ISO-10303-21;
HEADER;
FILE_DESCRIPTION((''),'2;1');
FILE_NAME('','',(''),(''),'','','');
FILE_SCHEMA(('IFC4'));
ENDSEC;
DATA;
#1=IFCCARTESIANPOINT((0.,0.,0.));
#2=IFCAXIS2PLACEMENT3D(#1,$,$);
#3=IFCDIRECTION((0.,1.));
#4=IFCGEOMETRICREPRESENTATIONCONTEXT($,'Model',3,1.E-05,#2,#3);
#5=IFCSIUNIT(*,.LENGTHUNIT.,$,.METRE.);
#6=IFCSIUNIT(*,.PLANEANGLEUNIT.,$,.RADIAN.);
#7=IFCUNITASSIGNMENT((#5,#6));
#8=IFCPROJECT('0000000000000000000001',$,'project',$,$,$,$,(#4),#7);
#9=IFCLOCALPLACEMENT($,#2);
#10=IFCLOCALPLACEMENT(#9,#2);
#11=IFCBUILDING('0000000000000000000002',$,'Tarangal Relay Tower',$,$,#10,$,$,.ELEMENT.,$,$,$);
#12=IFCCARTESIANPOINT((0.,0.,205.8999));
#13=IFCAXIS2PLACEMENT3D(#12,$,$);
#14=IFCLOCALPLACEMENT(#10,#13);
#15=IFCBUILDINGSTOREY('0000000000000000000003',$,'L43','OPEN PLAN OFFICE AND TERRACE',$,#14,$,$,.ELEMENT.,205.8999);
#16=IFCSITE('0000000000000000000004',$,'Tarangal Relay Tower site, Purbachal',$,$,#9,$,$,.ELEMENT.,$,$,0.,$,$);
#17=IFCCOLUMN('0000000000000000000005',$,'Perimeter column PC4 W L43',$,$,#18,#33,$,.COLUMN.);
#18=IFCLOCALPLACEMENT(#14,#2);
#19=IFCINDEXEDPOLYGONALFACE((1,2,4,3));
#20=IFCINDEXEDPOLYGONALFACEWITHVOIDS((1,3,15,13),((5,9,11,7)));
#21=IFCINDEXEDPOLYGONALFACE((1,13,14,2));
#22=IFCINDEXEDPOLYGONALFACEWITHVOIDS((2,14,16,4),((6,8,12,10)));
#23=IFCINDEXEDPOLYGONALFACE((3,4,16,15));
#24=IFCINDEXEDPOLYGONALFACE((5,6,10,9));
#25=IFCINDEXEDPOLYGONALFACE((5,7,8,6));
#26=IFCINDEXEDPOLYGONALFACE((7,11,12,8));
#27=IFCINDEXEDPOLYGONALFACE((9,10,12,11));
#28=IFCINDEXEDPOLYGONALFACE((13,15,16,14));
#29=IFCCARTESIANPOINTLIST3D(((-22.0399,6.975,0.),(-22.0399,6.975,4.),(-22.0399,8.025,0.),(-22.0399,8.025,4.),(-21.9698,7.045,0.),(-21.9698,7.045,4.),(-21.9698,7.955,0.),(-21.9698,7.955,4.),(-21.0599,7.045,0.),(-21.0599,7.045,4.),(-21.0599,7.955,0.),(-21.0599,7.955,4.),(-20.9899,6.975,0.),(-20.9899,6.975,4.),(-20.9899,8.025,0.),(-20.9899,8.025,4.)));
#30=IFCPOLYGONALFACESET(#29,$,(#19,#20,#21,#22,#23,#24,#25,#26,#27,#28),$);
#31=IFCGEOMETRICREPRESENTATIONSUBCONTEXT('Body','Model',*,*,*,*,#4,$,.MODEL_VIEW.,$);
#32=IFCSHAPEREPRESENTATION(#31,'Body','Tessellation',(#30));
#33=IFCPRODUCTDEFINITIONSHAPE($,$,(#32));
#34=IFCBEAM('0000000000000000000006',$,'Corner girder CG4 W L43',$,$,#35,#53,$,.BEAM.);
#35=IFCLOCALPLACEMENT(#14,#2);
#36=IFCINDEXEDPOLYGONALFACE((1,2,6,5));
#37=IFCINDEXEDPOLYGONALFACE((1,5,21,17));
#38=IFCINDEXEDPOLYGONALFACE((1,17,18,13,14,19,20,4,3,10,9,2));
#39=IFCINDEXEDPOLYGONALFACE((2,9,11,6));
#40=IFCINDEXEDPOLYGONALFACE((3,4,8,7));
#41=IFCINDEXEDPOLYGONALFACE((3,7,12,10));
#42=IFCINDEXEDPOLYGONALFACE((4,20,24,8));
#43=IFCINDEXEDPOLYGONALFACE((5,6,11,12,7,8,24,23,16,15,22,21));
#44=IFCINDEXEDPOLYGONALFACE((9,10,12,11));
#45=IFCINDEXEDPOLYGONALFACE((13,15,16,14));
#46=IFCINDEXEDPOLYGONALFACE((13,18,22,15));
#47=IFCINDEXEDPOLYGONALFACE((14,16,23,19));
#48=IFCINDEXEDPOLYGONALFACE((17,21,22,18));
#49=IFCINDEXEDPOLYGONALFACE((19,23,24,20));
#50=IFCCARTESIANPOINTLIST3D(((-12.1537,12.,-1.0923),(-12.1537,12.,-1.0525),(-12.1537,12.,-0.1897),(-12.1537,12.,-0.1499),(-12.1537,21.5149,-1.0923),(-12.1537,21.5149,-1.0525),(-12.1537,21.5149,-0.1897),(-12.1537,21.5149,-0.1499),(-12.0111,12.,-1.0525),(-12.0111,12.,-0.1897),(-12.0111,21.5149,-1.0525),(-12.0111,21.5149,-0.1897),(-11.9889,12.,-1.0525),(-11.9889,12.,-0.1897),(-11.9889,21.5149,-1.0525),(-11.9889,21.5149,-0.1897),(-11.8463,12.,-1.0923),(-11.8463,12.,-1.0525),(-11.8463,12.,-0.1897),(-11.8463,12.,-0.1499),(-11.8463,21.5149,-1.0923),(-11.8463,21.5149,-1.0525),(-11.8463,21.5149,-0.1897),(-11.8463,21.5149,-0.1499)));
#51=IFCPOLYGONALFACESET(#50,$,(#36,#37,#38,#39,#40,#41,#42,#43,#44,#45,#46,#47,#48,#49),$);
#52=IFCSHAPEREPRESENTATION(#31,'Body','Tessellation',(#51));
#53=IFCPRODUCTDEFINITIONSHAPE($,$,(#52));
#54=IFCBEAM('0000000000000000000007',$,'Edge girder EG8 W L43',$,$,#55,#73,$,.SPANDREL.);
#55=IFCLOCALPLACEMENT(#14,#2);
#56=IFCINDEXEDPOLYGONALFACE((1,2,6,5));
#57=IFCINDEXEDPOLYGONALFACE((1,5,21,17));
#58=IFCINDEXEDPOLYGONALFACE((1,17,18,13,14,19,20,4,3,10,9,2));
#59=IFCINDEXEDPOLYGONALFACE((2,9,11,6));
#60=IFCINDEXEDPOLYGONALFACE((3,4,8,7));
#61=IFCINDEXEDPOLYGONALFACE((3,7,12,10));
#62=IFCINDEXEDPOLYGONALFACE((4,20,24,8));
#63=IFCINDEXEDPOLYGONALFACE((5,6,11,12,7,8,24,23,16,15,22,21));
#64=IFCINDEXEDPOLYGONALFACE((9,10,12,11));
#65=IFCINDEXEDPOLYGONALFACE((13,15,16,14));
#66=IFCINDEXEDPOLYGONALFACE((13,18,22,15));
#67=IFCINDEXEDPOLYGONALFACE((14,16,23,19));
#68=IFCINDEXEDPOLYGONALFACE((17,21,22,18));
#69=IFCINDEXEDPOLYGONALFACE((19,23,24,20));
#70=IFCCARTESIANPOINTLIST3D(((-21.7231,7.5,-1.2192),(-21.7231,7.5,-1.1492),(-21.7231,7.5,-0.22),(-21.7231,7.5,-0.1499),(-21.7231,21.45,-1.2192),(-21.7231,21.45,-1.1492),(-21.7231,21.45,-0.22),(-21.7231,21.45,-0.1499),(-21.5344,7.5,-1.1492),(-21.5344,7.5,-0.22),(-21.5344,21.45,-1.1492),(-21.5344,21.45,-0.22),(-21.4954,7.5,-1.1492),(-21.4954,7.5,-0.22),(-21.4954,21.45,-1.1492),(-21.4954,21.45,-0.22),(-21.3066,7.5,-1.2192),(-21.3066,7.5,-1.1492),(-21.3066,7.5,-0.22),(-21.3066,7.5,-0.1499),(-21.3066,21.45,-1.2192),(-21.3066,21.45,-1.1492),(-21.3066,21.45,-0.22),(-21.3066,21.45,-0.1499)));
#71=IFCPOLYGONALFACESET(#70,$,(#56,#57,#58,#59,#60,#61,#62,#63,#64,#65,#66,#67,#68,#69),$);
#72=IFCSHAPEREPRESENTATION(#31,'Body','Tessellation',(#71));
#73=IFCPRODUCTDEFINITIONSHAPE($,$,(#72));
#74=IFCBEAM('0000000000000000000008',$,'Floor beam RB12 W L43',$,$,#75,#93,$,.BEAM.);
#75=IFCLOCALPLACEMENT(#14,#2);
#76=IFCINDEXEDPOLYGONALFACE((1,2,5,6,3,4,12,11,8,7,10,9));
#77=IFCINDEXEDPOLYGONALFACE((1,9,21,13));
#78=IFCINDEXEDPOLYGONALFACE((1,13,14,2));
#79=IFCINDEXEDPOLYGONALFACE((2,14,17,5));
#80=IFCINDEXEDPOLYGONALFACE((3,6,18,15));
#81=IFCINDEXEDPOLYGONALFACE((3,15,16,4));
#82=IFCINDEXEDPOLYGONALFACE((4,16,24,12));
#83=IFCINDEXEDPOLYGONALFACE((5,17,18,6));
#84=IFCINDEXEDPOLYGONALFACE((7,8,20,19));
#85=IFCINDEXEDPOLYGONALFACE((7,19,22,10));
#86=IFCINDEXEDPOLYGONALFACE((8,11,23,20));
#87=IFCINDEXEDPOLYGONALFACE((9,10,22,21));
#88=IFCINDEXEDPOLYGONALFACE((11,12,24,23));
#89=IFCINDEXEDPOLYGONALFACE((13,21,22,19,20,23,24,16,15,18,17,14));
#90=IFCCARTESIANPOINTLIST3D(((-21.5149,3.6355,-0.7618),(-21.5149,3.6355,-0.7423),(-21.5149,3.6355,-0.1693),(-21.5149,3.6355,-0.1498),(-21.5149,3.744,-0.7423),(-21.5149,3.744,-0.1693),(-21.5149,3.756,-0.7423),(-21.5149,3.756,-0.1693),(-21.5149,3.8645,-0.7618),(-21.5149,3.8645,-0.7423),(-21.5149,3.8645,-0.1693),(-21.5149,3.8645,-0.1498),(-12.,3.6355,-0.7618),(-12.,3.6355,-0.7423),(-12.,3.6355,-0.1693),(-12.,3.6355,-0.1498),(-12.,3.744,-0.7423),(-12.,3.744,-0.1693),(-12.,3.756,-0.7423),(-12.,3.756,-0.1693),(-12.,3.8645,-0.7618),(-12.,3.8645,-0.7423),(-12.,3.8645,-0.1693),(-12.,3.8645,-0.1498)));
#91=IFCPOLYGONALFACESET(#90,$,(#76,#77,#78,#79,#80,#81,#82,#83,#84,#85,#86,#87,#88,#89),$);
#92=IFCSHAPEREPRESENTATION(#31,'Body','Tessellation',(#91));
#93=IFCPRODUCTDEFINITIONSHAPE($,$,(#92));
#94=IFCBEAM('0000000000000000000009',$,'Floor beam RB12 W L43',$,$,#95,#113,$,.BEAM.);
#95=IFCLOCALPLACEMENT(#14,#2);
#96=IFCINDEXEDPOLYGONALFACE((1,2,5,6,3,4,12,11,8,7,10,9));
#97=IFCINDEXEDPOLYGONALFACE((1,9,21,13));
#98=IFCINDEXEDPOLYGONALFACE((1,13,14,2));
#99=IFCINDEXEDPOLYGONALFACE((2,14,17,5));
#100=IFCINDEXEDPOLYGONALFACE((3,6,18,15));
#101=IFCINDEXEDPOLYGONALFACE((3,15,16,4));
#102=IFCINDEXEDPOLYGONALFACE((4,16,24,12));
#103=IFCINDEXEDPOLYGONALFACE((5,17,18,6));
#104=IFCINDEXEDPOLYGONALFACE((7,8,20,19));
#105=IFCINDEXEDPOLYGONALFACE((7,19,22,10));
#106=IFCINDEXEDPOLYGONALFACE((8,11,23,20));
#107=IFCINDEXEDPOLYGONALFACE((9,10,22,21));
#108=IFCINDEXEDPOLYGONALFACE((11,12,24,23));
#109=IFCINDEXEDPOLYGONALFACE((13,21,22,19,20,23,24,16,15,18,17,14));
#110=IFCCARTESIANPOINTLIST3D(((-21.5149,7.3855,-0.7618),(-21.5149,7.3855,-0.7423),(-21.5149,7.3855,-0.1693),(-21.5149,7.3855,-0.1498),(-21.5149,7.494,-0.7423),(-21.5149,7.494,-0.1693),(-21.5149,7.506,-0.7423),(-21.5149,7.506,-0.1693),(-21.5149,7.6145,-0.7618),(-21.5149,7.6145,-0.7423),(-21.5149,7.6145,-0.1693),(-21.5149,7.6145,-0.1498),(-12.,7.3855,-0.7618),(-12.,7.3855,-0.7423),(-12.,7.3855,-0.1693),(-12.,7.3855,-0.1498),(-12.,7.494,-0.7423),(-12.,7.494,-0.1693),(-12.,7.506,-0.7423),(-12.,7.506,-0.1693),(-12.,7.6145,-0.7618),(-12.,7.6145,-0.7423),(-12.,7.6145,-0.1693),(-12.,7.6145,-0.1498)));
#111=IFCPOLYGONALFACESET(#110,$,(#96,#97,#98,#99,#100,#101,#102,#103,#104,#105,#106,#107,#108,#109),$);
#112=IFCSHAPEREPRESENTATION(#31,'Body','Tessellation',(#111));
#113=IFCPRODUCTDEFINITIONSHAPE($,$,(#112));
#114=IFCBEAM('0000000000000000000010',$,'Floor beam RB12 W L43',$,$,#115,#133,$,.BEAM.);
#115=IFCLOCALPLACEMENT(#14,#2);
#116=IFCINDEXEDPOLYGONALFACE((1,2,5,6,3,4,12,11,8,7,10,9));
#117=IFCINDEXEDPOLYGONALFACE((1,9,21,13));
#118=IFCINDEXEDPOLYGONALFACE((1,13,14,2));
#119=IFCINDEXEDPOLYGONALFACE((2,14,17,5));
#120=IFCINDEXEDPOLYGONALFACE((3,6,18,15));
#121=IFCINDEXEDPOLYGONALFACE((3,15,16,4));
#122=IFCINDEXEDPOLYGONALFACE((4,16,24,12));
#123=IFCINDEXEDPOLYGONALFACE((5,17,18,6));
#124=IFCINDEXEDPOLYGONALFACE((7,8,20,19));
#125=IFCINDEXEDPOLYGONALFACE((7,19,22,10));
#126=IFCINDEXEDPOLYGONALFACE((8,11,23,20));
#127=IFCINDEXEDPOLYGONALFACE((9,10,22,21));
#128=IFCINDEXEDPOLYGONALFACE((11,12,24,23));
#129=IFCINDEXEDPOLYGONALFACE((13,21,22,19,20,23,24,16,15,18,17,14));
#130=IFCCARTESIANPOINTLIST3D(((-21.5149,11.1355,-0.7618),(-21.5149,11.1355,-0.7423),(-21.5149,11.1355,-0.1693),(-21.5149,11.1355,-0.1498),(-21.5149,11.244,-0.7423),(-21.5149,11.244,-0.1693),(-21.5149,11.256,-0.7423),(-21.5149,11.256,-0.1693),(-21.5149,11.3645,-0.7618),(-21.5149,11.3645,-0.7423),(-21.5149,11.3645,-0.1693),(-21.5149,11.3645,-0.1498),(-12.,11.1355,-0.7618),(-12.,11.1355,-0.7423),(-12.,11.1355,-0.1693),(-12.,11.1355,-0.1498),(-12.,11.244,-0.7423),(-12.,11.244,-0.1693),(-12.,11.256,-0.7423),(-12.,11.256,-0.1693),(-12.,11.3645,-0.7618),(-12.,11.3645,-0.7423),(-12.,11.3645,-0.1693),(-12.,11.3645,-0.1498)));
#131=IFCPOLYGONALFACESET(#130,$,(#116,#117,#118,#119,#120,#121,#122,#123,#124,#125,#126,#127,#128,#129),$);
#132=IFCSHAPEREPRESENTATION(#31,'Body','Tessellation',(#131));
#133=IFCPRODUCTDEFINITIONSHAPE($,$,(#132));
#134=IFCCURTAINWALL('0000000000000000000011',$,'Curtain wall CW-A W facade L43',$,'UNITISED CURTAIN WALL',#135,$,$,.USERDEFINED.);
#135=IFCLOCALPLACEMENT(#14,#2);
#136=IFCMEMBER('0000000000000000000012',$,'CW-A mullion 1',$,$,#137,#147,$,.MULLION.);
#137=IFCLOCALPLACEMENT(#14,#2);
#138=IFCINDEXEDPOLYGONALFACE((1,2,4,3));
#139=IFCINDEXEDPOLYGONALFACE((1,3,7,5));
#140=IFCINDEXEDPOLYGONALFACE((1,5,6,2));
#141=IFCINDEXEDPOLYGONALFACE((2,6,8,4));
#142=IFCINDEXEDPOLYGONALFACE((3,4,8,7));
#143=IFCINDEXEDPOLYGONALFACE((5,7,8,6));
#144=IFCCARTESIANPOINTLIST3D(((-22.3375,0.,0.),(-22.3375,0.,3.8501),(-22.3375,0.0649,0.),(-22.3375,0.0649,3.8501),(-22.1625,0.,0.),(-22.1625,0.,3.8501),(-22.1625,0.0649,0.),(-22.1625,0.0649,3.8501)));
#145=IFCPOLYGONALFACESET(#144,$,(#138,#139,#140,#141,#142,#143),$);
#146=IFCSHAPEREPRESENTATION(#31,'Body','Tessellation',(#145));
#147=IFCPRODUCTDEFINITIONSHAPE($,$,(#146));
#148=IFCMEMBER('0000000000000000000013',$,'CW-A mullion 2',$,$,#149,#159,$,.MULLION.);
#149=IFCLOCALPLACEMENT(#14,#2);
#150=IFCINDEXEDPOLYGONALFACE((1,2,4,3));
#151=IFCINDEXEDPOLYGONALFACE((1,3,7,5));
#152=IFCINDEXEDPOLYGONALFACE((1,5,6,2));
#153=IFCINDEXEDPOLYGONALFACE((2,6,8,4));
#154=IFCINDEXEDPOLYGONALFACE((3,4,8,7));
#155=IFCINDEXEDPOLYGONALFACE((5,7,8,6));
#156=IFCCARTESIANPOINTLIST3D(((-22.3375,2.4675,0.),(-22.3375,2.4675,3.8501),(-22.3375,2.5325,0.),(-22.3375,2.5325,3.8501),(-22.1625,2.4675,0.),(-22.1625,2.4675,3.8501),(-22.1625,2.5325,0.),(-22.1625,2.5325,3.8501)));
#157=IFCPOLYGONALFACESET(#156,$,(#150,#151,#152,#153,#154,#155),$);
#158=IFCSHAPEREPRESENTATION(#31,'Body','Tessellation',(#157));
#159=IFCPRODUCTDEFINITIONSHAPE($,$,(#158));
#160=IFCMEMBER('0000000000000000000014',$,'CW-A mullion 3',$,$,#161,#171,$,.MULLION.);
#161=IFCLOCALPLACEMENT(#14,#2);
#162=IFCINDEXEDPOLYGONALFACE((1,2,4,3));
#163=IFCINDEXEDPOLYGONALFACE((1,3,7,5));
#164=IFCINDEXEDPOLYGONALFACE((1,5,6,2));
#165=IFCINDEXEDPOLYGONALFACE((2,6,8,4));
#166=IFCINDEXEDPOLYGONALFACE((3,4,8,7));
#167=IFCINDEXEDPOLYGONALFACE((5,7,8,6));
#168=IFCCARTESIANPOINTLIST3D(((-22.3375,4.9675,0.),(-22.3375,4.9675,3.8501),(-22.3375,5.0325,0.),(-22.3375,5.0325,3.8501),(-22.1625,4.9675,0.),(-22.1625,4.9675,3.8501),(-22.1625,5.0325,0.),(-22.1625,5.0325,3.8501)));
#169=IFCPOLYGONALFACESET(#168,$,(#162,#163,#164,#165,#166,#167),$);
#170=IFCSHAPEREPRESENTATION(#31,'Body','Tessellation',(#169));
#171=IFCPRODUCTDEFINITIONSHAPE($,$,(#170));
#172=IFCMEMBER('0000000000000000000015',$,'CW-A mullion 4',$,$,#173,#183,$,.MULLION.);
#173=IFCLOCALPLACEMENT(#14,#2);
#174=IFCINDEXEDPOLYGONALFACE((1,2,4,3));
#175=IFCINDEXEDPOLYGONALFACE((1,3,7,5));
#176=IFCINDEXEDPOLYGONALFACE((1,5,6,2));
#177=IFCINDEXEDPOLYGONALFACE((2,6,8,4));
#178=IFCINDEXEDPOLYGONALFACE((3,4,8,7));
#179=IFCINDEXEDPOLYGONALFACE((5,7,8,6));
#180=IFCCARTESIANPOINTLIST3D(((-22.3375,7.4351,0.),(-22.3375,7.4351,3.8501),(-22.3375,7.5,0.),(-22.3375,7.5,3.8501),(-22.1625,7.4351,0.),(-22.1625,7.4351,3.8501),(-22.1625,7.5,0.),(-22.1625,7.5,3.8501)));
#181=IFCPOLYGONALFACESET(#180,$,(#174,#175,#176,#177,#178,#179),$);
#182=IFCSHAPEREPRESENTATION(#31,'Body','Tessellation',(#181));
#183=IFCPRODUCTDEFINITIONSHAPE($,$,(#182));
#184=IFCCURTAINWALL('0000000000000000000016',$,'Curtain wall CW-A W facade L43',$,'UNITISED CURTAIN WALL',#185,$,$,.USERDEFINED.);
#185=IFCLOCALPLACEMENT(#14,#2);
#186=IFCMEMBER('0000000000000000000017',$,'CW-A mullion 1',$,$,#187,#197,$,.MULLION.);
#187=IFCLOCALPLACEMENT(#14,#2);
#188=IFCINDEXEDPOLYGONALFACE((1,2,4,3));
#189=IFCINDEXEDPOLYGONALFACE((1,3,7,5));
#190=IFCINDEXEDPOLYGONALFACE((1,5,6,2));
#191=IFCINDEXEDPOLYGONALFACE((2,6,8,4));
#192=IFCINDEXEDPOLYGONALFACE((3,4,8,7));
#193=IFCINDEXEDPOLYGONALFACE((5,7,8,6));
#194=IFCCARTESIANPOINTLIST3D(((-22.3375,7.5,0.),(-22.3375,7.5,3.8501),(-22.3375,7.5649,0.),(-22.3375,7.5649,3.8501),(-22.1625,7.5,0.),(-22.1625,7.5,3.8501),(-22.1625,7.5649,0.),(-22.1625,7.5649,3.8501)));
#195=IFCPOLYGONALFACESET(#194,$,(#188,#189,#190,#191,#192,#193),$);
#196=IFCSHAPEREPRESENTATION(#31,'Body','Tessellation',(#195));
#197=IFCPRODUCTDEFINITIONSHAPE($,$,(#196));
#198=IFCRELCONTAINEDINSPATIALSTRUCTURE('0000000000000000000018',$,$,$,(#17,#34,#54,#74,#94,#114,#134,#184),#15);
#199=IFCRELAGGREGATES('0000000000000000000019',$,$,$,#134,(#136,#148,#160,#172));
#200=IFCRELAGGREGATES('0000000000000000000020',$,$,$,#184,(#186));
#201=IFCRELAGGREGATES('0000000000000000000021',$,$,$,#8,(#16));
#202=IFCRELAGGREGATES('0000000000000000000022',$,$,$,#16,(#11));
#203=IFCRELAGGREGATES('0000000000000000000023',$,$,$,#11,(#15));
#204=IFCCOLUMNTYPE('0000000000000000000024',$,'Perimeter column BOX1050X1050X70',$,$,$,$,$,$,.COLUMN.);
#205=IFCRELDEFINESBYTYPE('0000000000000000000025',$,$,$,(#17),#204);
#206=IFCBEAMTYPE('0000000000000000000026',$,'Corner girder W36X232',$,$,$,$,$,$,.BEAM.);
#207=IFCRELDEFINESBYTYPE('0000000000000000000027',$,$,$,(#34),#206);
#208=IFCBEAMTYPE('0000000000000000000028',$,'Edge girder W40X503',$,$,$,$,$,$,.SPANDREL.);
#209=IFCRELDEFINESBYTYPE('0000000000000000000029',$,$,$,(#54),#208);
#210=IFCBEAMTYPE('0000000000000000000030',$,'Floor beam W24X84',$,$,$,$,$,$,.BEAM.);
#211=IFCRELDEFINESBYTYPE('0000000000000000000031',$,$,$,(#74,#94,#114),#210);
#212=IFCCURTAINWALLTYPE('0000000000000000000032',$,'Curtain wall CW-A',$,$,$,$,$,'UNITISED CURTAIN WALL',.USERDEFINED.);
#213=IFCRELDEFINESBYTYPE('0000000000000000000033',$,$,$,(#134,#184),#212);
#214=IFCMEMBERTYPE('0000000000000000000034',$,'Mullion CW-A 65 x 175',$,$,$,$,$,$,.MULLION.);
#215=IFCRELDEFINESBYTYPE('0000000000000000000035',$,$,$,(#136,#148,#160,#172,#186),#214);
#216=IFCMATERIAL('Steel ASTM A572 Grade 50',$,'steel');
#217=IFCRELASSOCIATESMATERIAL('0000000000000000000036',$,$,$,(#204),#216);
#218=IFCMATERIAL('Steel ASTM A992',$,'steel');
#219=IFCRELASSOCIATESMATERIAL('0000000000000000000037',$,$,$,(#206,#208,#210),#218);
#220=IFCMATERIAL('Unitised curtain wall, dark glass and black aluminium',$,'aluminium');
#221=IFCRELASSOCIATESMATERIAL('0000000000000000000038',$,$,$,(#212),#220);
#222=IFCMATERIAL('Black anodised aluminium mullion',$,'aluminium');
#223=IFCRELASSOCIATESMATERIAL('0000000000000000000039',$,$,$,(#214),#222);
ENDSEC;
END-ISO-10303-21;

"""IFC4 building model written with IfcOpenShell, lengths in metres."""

from ifc_helpers import new_model, si_unit, direction, frame, origin, origin_2d, place, context, subcontext, project, spatial, rectangle, hollow_rectangle, i_section, extrude, material, material_profile, profile_set, type_object, element, aggregate, save


model = new_model("IFC4")

# Units and contexts
model_context = context("Model", 3, precision=1e-05, world=origin(), true_north=direction((0.0, 1.0)))
body_context = subcontext(model_context, "Body", "Model", "MODEL_VIEW")
ifc_project = project(units=[si_unit("LENGTHUNIT", "METRE"), si_unit("PLANEANGLEUNIT", "RADIAN")], contexts=[model_context])

# Site, building, storey
site_placement = place(None, origin())
site = spatial("IfcSite", under=ifc_project, at=site_placement, Name="Tarangal Relay Tower site, Purbachal", CompositionType="ELEMENT", RefElevation=0.0)
building_placement = place(site_placement, origin())
building = spatial("IfcBuilding", under=site, at=building_placement, Name="Tarangal Relay Tower", CompositionType="ELEMENT")
storey_placement = place(building_placement, frame((0.0, 0.0, 205.8999)))
storey = spatial("IfcBuildingStorey", under=building, at=storey_placement, Name="L43", Description="OPEN PLAN OFFICE AND TERRACE", CompositionType="ELEMENT", Elevation=205.8999)

# Column
ifc_material_1 = material(Name="Steel ASTM A572 Grade 50", Category="steel")
ifc_material_profile_1 = material_profile(ifc_material_1, hollow_rectangle(XDim=1.05, YDim=1.05, WallThickness=0.0701, at=origin_2d()), Name="BOX1050X1050X70")
ifc_profile_set_1 = profile_set([ifc_material_profile_1], Name="Steel ASTM A572 Grade 50")
column_type = type_object("IfcColumnType", Name="Perimeter column BOX1050X1050X70", PredefinedType="COLUMN", material=ifc_profile_set_1)
column_placement = place(storey_placement, frame((-21.5149, 7.5, 0.0), z_axis=(0.0, 0.0, 1.0), x_axis=(1.0, 0.0, 0.0)))
element("IfcColumn", 1, at=column_placement, inside=storey, type_object=column_type, Name="Perimeter column PC4 W L43", PredefinedType="COLUMN", context=body_context, shape_type="SweptSolid", body=[
    extrude(hollow_rectangle(XDim=1.05, YDim=1.05, WallThickness=0.0701, at=origin_2d()), origin(), (0.0, 0.0, 1.0), 4.0),
])

# Beams
ifc_material_2 = material(Name="Steel ASTM A992", Category="steel")
ifc_material_profile_2 = material_profile(ifc_material_2, i_section(OverallWidth=0.3074, OverallDepth=0.9424, WebThickness=0.0222, FlangeThickness=0.0398, at=origin_2d()), Name="W36X232")
ifc_profile_set_2 = profile_set([ifc_material_profile_2], Name="Steel ASTM A992")
beam_type_1 = type_object("IfcBeamType", Name="Corner girder W36X232", PredefinedType="BEAM", material=ifc_profile_set_2)
beam_1_placement = place(storey_placement, frame((-12.0, 12.0, -0.6211), z_axis=(0.0, 1.0, 0.0), x_axis=(-1.0, 0.0, 0.0)))
element("IfcBeam", 2, at=beam_1_placement, inside=storey, type_object=beam_type_1, Name="Corner girder CG4 W L43", PredefinedType="BEAM", context=body_context, shape_type="SweptSolid", body=[
    extrude(i_section(OverallWidth=0.3074, OverallDepth=0.9424, WebThickness=0.0222, FlangeThickness=0.0398, at=origin_2d()), origin(), (0.0, 0.0, 1.0), 9.5149),
])
ifc_material_profile_3 = material_profile(ifc_material_2, i_section(OverallWidth=0.4165, OverallDepth=1.0693, WebThickness=0.0391, FlangeThickness=0.0701, at=origin_2d()), Name="W40X503")
ifc_profile_set_3 = profile_set([ifc_material_profile_3], Name="Steel ASTM A992")
beam_type_2 = type_object("IfcBeamType", Name="Edge girder W40X503", PredefinedType="SPANDREL", material=ifc_profile_set_3)
beam_2_placement = place(storey_placement, frame((-21.5149, 7.5, -0.6846), z_axis=(0.0, 1.0, 0.0), x_axis=(-1.0, 0.0, 0.0)))
element("IfcBeam", 3, at=beam_2_placement, inside=storey, type_object=beam_type_2, Name="Edge girder EG8 W L43", PredefinedType="SPANDREL", context=body_context, shape_type="SweptSolid", body=[
    extrude(i_section(OverallWidth=0.4165, OverallDepth=1.0693, WebThickness=0.0391, FlangeThickness=0.0701, at=origin_2d()), origin(), (0.0, 0.0, 1.0), 13.95),
])
ifc_material_profile_4 = material_profile(ifc_material_2, i_section(OverallWidth=0.229, OverallDepth=0.6121, WebThickness=0.012, FlangeThickness=0.0195, at=origin_2d()), Name="W24X84")
ifc_profile_set_4 = profile_set([ifc_material_profile_4], Name="Steel ASTM A992")
beam_type_3 = type_object("IfcBeamType", Name="Floor beam W24X84", PredefinedType="BEAM", material=ifc_profile_set_4)
for number, where, z_axis, x_axis, name in (
    (4, (-12.0, 3.75, -0.4558), (-1.0, 0.0, 0.0), (0.0, -1.0, 0.0), "Floor beam RB12 W L43"),
    (5, (-12.0, 7.5, -0.4558), (-1.0, 0.0, 0.0), (0.0, -1.0, 0.0), "Floor beam RB12 W L43"),
    (6, (-12.0, 11.25, -0.4558), (-1.0, 0.0, 0.0), (0.0, -1.0, 0.0), "Floor beam RB12 W L43"),
):
    element("IfcBeam", number, at=place(storey_placement, frame(where, z_axis=z_axis, x_axis=x_axis)), inside=storey, type_object=beam_type_3, Name=name, PredefinedType="BEAM", context=body_context, shape_type="SweptSolid", body=[
        extrude(i_section(OverallWidth=0.229, OverallDepth=0.6121, WebThickness=0.012, FlangeThickness=0.0195, at=origin_2d()), origin(), (0.0, 0.0, 1.0), 9.5149),
    ])

# Curtain walls, members
ifc_material_3 = material(Name="Unitised curtain wall, dark glass and black aluminium", Category="aluminium")
curtain_wall_type_1 = type_object("IfcCurtainWallType", Name="Curtain wall CW-A", ElementType="UNITISED CURTAIN WALL", PredefinedType="USERDEFINED", material=ifc_material_3)
curtain_wall_1_placement = place(storey_placement, origin())
curtain_wall_1 = element("IfcCurtainWall", 7, at=curtain_wall_1_placement, inside=storey, type_object=curtain_wall_type_1, Name="Curtain wall CW-A W facade L43", ObjectType="UNITISED CURTAIN WALL", PredefinedType="USERDEFINED")
ifc_material_4 = material(Name="Black anodised aluminium mullion", Category="aluminium")
ifc_material_profile_5 = material_profile(ifc_material_4, rectangle(XDim=0.175, YDim=0.0649, at=origin_2d()), Name="CW-AM 65X175")
ifc_profile_set_5 = profile_set([ifc_material_profile_5], Name="Black anodised aluminium mullion")
member_type_1 = type_object("IfcMemberType", Name="Mullion CW-A 65 x 175", PredefinedType="MULLION", material=ifc_profile_set_5)
member_1_placement = place(storey_placement, frame((-22.25, 0.0325, 0.0), z_axis=(0.0, 0.0, 1.0), x_axis=(-1.0, 0.0, 0.0)))
member_1 = element("IfcMember", 8, at=member_1_placement, type_object=member_type_1, Name="CW-A mullion 1", PredefinedType="MULLION", context=body_context, shape_type="SweptSolid", body=[
    extrude(rectangle(XDim=0.175, YDim=0.0649, at=origin_2d()), origin(), (0.0, 0.0, 1.0), 3.8501),
])
member_2_placement = place(storey_placement, frame((-22.25, 2.5, 0.0), z_axis=(0.0, 0.0, 1.0), x_axis=(-1.0, 0.0, 0.0)))
member_2 = element("IfcMember", 9, at=member_2_placement, type_object=member_type_1, Name="CW-A mullion 2", PredefinedType="MULLION", context=body_context, shape_type="SweptSolid", body=[
    extrude(rectangle(XDim=0.175, YDim=0.0649, at=origin_2d()), origin(), (0.0, 0.0, 1.0), 3.8501),
])
member_3_placement = place(storey_placement, frame((-22.25, 5.0, 0.0), z_axis=(0.0, 0.0, 1.0), x_axis=(-1.0, 0.0, 0.0)))
member_3 = element("IfcMember", 10, at=member_3_placement, type_object=member_type_1, Name="CW-A mullion 3", PredefinedType="MULLION", context=body_context, shape_type="SweptSolid", body=[
    extrude(rectangle(XDim=0.175, YDim=0.0649, at=origin_2d()), origin(), (0.0, 0.0, 1.0), 3.8501),
])
member_4_placement = place(storey_placement, frame((-22.25, 7.4675, 0.0), z_axis=(0.0, 0.0, 1.0), x_axis=(-1.0, 0.0, 0.0)))
member_4 = element("IfcMember", 11, at=member_4_placement, type_object=member_type_1, Name="CW-A mullion 4", PredefinedType="MULLION", context=body_context, shape_type="SweptSolid", body=[
    extrude(rectangle(XDim=0.175, YDim=0.0649, at=origin_2d()), origin(), (0.0, 0.0, 1.0), 3.8501),
])
curtain_wall_2_placement = place(storey_placement, origin())
curtain_wall_2 = element("IfcCurtainWall", 12, at=curtain_wall_2_placement, inside=storey, type_object=curtain_wall_type_1, Name="Curtain wall CW-A W facade L43", ObjectType="UNITISED CURTAIN WALL", PredefinedType="USERDEFINED")
member_5_placement = place(storey_placement, frame((-22.25, 7.5325, 0.0), z_axis=(0.0, 0.0, 1.0), x_axis=(-1.0, 0.0, 0.0)))
member_5 = element("IfcMember", 13, at=member_5_placement, type_object=member_type_1, Name="CW-A mullion 1", PredefinedType="MULLION", context=body_context, shape_type="SweptSolid", body=[
    extrude(rectangle(XDim=0.175, YDim=0.0649, at=origin_2d()), origin(), (0.0, 0.0, 1.0), 3.8501),
])

aggregate(curtain_wall_1, [member_1, member_2, member_3, member_4])
aggregate(curtain_wall_2, [member_5])

save(model, "model.ifc")
